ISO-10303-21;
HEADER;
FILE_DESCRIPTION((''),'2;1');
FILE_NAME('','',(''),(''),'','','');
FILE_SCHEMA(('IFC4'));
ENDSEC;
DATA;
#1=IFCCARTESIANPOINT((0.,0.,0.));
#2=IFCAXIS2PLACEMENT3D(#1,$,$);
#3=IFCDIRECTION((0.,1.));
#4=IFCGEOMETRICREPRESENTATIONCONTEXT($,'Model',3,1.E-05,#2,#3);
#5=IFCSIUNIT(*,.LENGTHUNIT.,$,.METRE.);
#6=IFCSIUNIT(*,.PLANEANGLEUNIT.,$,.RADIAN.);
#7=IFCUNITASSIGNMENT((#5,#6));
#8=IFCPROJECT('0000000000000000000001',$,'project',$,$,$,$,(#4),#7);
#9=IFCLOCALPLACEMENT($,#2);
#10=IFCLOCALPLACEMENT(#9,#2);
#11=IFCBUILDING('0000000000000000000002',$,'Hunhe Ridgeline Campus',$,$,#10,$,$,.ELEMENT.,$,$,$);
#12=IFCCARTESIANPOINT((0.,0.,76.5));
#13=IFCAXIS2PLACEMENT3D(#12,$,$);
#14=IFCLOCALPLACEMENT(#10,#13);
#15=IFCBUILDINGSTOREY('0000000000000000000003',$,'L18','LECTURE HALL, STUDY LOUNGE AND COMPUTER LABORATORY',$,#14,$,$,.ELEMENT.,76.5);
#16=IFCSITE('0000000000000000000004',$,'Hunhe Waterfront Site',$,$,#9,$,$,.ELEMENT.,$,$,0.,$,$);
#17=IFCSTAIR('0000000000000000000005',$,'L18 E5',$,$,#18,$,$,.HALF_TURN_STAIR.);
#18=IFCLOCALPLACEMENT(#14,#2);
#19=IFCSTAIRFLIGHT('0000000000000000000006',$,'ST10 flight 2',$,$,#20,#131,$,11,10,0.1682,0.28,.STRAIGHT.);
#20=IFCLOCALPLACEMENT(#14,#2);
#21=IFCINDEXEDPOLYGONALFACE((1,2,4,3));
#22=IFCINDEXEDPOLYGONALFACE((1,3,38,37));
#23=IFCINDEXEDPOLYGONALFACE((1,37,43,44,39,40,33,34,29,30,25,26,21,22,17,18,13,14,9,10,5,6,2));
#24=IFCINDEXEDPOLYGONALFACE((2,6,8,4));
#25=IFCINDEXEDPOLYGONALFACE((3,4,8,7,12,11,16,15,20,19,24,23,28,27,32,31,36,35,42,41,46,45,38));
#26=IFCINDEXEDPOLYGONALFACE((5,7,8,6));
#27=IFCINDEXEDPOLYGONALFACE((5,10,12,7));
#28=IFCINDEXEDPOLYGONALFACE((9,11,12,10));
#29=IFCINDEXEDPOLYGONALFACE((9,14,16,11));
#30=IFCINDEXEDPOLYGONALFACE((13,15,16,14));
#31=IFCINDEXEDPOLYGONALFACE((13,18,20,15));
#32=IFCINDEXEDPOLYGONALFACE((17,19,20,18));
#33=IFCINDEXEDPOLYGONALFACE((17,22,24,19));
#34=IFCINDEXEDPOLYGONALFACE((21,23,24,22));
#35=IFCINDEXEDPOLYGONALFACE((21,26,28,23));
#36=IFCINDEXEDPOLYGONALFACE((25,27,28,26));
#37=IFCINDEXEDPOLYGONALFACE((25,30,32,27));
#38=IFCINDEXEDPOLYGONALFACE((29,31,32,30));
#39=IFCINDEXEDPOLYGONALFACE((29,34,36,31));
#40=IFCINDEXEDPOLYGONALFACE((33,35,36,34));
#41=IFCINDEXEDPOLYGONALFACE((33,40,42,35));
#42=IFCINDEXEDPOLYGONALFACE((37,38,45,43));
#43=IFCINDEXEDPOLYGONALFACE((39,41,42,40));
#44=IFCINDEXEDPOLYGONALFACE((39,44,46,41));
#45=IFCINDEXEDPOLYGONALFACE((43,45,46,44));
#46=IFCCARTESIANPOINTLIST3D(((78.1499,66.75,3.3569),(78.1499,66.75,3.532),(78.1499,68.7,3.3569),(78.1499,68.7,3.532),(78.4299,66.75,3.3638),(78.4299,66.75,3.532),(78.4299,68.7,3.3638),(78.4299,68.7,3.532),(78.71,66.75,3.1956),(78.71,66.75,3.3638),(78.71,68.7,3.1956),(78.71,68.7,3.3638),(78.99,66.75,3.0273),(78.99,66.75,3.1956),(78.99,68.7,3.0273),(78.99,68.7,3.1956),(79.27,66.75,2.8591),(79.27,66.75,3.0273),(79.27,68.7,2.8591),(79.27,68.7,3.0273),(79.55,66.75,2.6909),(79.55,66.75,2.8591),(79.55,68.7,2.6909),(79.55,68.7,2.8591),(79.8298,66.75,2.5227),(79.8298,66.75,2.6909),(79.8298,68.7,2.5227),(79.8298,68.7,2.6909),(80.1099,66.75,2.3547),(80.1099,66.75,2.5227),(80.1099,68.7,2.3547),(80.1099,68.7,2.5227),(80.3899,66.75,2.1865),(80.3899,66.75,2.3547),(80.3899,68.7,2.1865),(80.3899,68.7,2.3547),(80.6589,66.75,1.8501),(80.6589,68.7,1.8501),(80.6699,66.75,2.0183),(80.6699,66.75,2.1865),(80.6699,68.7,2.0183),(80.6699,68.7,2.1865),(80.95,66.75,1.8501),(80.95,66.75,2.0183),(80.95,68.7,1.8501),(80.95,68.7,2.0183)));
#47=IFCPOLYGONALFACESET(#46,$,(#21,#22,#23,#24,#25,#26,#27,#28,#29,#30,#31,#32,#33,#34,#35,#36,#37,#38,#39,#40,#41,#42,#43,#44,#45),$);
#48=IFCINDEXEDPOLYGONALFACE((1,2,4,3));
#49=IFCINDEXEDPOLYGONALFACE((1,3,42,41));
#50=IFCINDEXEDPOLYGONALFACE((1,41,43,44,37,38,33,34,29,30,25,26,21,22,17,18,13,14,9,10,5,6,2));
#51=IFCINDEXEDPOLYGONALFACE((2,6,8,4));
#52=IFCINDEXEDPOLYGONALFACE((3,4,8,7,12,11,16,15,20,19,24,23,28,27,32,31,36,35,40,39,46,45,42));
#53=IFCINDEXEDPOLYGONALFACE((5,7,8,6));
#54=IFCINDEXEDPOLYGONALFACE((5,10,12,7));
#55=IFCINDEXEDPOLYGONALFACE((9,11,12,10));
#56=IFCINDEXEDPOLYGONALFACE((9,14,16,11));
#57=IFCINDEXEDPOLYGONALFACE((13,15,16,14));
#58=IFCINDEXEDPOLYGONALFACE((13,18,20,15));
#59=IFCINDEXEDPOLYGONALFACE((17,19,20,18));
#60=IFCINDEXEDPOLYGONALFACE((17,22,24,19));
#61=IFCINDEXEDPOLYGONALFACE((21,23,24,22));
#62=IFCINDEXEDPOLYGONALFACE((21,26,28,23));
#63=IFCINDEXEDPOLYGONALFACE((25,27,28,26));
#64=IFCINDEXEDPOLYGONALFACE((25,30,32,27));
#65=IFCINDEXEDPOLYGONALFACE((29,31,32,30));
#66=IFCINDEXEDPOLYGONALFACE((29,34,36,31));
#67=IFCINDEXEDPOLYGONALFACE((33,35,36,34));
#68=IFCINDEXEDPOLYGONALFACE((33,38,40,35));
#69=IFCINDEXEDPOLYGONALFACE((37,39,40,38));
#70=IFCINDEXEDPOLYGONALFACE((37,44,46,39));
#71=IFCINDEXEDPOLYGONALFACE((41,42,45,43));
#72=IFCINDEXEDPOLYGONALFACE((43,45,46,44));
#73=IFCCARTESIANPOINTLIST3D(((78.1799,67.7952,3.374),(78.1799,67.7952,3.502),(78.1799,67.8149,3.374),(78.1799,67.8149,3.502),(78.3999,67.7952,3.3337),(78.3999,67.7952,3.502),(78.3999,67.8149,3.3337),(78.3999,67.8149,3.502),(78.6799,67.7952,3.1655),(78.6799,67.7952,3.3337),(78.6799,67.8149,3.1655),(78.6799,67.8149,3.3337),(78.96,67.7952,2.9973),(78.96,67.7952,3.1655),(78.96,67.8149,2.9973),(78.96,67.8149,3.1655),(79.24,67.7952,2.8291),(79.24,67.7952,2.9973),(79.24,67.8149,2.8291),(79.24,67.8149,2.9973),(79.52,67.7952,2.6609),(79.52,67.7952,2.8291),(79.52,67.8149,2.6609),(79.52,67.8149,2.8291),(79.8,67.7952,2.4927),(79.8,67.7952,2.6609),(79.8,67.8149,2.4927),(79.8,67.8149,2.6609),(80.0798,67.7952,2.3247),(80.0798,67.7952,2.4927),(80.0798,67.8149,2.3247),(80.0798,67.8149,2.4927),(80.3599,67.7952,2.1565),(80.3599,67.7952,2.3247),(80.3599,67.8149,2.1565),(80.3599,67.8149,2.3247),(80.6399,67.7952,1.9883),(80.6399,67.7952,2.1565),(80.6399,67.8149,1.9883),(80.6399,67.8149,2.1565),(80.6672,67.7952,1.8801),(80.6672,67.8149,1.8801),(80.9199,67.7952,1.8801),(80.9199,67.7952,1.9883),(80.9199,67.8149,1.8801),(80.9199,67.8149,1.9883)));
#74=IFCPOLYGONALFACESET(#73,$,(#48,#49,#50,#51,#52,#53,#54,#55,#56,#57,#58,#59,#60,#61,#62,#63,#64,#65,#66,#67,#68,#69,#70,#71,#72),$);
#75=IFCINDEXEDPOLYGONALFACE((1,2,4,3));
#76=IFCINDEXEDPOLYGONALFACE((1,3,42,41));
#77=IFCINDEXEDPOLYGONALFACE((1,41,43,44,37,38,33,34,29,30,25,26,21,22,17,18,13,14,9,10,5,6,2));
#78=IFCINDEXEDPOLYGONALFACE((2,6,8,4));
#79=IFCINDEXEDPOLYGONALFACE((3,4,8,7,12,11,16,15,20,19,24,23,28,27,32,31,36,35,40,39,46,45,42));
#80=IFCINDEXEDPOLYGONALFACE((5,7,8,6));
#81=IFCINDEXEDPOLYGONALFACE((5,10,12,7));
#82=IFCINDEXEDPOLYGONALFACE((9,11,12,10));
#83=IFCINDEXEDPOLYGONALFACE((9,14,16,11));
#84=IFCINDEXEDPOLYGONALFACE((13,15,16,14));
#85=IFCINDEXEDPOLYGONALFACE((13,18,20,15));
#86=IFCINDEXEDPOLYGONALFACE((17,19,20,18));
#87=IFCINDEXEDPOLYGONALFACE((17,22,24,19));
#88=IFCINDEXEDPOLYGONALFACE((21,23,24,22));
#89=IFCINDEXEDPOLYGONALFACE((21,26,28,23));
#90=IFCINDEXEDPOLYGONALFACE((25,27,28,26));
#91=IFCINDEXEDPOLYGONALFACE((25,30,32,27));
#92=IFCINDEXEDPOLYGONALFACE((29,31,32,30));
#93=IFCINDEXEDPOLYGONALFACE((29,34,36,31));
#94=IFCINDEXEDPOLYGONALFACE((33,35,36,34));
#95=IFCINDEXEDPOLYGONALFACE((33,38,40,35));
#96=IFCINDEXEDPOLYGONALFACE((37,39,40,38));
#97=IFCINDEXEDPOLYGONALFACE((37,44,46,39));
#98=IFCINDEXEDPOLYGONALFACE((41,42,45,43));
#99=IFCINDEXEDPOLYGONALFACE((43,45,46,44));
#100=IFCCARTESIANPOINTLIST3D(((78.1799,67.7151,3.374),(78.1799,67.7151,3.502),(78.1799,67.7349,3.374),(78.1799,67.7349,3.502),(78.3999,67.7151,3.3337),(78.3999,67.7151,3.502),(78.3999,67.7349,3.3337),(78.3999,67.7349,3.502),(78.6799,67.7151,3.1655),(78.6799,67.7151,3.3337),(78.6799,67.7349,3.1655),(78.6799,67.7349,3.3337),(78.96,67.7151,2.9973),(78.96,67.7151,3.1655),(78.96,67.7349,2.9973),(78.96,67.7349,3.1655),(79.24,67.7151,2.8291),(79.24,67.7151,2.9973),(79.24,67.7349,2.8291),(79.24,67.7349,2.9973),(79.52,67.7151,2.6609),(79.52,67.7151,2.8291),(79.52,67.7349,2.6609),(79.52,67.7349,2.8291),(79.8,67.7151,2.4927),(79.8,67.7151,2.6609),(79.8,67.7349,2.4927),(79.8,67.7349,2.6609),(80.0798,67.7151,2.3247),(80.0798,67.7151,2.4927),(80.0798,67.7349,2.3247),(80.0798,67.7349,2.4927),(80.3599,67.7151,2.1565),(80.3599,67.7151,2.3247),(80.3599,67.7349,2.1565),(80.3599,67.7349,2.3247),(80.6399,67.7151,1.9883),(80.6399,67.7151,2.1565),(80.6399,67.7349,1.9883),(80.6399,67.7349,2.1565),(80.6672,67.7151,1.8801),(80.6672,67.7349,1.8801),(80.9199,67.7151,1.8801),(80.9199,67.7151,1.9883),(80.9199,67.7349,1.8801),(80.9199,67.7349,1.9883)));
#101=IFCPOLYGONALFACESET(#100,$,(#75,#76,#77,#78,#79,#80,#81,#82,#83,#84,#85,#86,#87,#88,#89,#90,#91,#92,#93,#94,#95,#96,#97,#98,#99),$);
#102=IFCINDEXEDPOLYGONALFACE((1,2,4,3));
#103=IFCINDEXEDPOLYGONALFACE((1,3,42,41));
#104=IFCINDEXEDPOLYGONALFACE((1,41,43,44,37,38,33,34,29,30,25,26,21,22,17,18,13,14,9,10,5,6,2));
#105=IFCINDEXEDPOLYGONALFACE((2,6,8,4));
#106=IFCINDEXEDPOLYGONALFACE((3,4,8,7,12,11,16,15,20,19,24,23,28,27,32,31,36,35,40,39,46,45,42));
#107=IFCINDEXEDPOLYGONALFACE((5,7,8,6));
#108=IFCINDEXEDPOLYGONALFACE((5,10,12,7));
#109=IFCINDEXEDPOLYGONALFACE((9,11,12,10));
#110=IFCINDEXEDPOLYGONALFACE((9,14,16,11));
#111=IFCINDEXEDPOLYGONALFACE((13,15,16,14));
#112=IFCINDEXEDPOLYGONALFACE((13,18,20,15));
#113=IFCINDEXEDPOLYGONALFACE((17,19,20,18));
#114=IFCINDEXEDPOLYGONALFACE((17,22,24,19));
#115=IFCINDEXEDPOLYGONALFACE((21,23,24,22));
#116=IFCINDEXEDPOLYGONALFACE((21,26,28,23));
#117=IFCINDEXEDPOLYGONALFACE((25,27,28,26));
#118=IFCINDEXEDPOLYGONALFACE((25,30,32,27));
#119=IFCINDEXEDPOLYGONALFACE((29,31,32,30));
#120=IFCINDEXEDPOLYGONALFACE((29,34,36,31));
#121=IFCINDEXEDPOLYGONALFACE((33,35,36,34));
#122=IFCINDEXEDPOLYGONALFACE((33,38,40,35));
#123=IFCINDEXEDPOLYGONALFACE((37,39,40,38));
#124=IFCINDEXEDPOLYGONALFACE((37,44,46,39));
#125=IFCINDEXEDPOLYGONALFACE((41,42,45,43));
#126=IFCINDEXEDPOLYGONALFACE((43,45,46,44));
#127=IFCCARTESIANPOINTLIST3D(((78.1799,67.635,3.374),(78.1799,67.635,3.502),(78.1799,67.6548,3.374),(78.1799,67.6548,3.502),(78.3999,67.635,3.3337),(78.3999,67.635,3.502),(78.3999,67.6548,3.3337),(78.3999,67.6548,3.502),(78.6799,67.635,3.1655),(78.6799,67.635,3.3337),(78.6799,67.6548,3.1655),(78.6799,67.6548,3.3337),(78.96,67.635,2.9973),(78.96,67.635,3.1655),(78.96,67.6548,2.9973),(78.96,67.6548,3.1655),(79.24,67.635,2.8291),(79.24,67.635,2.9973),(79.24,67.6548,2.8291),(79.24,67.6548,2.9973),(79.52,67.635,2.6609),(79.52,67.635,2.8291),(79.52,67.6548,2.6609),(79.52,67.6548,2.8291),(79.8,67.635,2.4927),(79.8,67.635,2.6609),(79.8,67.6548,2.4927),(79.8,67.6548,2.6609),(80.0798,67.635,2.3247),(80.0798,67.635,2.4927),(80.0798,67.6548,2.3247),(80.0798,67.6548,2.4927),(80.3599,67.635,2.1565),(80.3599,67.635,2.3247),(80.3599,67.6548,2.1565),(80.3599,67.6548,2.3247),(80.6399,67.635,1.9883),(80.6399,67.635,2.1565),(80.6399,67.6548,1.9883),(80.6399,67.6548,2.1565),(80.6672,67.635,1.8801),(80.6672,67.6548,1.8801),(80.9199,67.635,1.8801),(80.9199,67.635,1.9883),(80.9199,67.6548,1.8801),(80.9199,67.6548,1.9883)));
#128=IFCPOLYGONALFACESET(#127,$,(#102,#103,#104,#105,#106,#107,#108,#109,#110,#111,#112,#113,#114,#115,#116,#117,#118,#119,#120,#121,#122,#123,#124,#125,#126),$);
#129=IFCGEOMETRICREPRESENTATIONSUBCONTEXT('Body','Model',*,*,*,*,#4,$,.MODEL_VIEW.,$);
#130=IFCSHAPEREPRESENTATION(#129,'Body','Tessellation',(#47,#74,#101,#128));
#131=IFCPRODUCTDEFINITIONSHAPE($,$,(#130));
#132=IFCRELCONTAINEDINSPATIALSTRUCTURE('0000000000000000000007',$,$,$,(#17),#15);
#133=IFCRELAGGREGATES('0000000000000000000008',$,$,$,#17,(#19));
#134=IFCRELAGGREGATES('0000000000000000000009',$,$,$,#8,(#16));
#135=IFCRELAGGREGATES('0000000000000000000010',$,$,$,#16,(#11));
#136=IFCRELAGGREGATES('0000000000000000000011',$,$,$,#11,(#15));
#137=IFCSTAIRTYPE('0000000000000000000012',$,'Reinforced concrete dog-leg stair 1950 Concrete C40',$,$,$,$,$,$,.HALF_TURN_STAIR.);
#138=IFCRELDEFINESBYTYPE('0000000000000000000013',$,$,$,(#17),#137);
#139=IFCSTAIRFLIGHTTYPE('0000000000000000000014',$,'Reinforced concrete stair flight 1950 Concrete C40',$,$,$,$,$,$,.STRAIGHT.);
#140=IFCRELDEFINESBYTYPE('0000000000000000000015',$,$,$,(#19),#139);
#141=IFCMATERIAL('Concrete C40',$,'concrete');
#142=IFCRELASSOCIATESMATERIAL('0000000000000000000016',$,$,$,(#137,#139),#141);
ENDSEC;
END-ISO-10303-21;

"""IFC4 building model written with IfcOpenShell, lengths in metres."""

from ifc_helpers import new_model, si_unit, direction, frame, origin, place, context, subcontext, project, spatial, polyline, outline, extrude, material, type_object, element, aggregate, save


model = new_model("IFC4")

# Units and contexts
model_context = context("Model", 3, precision=1e-05, world=origin(), true_north=direction((0.0, 1.0)))
body_context = subcontext(model_context, "Body", "Model", "MODEL_VIEW")
ifc_project = project(units=[si_unit("LENGTHUNIT", "METRE"), si_unit("PLANEANGLEUNIT", "RADIAN")], contexts=[model_context])

# Site, building, storey
site_placement = place(None, origin())
site = spatial("IfcSite", under=ifc_project, at=site_placement, Name="Hunhe Waterfront Site", CompositionType="ELEMENT", RefElevation=0.0)
building_placement = place(site_placement, origin())
building = spatial("IfcBuilding", under=site, at=building_placement, Name="Hunhe Ridgeline Campus", CompositionType="ELEMENT")
storey_placement = place(building_placement, frame((0.0, 0.0, 76.5)))
storey = spatial("IfcBuildingStorey", under=building, at=storey_placement, Name="L18", Description="LECTURE HALL, STUDY LOUNGE AND COMPUTER LABORATORY", CompositionType="ELEMENT", Elevation=76.5)

# Stair, stair flight
ifc_material_1 = material(Name="Concrete C40", Category="concrete")
stair_type = type_object("IfcStairType", Name="Reinforced concrete dog-leg stair 1950 Concrete C40", PredefinedType="HALF_TURN_STAIR", material=ifc_material_1)
stair_placement = place(storey_placement, origin())
stair = element("IfcStair", 1, at=stair_placement, inside=storey, type_object=stair_type, Name="L18 E5", PredefinedType="HALF_TURN_STAIR")
stair_flight_type = type_object("IfcStairFlightType", Name="Reinforced concrete stair flight 1950 Concrete C40", PredefinedType="STRAIGHT", material=ifc_material_1)
stair_flight_1_placement = place(storey_placement, frame((80.95, 67.7251, 1.8501), z_axis=(0.0, 0.0, 1.0), x_axis=(-1.0, 0.0, 0.0)))
stair_flight_1 = element("IfcStairFlight", 2, at=stair_flight_1_placement, type_object=stair_flight_type, Name="ST10 flight 2", NumberOfRisers=11, NumberOfTreads=10, PredefinedType="STRAIGHT", RiserHeight=0.1682, TreadLength=0.28, context=body_context, shape_type="SweptSolid", body=[
    extrude(outline(polyline([(0.0, 0.0), (0.0, 0.1682), (0.28, 0.1682), (0.28, 0.3364), (0.5601, 0.3364), (0.5601, 0.5046), (0.8401, 0.5046), (0.8401, 0.6726), (1.1201, 0.6726), (1.1201, 0.8408), (1.3999, 0.8408), (1.3999, 1.009), (1.6799, 1.009), (1.6799, 1.1772), (1.96, 1.1772), (1.96, 1.3455), (2.24, 1.3455), (2.24, 1.5137), (2.52, 1.5137), (2.52, 1.6819), (2.8, 1.6819), (2.8, 1.8501), (2.8, 1.5068), (0.291, 0.0), (0.0, 0.0)])), frame((0.0, 0.9751, 0.0), z_axis=(0.0, -1.0, 0.0), x_axis=(1.0, 0.0, 0.0)), (0.0, 0.0, 1.0), 1.95),
    extrude(outline(polyline([(0.03, 0.03), (0.03, 0.1382), (0.3101, 0.1382), (0.3101, 0.3064), (0.5901, 0.3064), (0.5901, 0.4746), (0.8701, 0.4746), (0.8701, 0.6426), (1.1499, 0.6426), (1.1499, 0.8108), (1.4299, 0.8108), (1.4299, 0.979), (1.71, 0.979), (1.71, 1.1472), (1.99, 1.1472), (1.99, 1.3154), (2.27, 1.3154), (2.27, 1.4836), (2.55, 1.4836), (2.55, 1.6519), (2.77, 1.6519), (2.77, 1.5239), (0.2827, 0.03), (0.03, 0.03)])), frame((0.0, -0.0701, 0.0), z_axis=(0.0, -1.0, 0.0), x_axis=(1.0, 0.0, 0.0)), (0.0, 0.0, 1.0), 0.0198),
    extrude(outline(polyline([(0.03, 0.03), (0.03, 0.1382), (0.3101, 0.1382), (0.3101, 0.3064), (0.5901, 0.3064), (0.5901, 0.4746), (0.8701, 0.4746), (0.8701, 0.6426), (1.1499, 0.6426), (1.1499, 0.8108), (1.4299, 0.8108), (1.4299, 0.979), (1.71, 0.979), (1.71, 1.1472), (1.99, 1.1472), (1.99, 1.3154), (2.27, 1.3154), (2.27, 1.4836), (2.55, 1.4836), (2.55, 1.6519), (2.77, 1.6519), (2.77, 1.5239), (0.2827, 0.03), (0.03, 0.03)])), frame((0.0, 0.01, 0.0), z_axis=(0.0, -1.0, 0.0), x_axis=(1.0, 0.0, 0.0)), (0.0, 0.0, 1.0), 0.0198),
    extrude(outline(polyline([(0.03, 0.03), (0.03, 0.1382), (0.3101, 0.1382), (0.3101, 0.3064), (0.5901, 0.3064), (0.5901, 0.4746), (0.8701, 0.4746), (0.8701, 0.6426), (1.1499, 0.6426), (1.1499, 0.8108), (1.4299, 0.8108), (1.4299, 0.979), (1.71, 0.979), (1.71, 1.1472), (1.99, 1.1472), (1.99, 1.3154), (2.27, 1.3154), (2.27, 1.4836), (2.55, 1.4836), (2.55, 1.6519), (2.77, 1.6519), (2.77, 1.5239), (0.2827, 0.03), (0.03, 0.03)])), frame((0.0, 0.0901, 0.0), z_axis=(0.0, -1.0, 0.0), x_axis=(1.0, 0.0, 0.0)), (0.0, 0.0, 1.0), 0.0198),
])
aggregate(stair, [stair_flight_1])

save(model, "model.ifc")
